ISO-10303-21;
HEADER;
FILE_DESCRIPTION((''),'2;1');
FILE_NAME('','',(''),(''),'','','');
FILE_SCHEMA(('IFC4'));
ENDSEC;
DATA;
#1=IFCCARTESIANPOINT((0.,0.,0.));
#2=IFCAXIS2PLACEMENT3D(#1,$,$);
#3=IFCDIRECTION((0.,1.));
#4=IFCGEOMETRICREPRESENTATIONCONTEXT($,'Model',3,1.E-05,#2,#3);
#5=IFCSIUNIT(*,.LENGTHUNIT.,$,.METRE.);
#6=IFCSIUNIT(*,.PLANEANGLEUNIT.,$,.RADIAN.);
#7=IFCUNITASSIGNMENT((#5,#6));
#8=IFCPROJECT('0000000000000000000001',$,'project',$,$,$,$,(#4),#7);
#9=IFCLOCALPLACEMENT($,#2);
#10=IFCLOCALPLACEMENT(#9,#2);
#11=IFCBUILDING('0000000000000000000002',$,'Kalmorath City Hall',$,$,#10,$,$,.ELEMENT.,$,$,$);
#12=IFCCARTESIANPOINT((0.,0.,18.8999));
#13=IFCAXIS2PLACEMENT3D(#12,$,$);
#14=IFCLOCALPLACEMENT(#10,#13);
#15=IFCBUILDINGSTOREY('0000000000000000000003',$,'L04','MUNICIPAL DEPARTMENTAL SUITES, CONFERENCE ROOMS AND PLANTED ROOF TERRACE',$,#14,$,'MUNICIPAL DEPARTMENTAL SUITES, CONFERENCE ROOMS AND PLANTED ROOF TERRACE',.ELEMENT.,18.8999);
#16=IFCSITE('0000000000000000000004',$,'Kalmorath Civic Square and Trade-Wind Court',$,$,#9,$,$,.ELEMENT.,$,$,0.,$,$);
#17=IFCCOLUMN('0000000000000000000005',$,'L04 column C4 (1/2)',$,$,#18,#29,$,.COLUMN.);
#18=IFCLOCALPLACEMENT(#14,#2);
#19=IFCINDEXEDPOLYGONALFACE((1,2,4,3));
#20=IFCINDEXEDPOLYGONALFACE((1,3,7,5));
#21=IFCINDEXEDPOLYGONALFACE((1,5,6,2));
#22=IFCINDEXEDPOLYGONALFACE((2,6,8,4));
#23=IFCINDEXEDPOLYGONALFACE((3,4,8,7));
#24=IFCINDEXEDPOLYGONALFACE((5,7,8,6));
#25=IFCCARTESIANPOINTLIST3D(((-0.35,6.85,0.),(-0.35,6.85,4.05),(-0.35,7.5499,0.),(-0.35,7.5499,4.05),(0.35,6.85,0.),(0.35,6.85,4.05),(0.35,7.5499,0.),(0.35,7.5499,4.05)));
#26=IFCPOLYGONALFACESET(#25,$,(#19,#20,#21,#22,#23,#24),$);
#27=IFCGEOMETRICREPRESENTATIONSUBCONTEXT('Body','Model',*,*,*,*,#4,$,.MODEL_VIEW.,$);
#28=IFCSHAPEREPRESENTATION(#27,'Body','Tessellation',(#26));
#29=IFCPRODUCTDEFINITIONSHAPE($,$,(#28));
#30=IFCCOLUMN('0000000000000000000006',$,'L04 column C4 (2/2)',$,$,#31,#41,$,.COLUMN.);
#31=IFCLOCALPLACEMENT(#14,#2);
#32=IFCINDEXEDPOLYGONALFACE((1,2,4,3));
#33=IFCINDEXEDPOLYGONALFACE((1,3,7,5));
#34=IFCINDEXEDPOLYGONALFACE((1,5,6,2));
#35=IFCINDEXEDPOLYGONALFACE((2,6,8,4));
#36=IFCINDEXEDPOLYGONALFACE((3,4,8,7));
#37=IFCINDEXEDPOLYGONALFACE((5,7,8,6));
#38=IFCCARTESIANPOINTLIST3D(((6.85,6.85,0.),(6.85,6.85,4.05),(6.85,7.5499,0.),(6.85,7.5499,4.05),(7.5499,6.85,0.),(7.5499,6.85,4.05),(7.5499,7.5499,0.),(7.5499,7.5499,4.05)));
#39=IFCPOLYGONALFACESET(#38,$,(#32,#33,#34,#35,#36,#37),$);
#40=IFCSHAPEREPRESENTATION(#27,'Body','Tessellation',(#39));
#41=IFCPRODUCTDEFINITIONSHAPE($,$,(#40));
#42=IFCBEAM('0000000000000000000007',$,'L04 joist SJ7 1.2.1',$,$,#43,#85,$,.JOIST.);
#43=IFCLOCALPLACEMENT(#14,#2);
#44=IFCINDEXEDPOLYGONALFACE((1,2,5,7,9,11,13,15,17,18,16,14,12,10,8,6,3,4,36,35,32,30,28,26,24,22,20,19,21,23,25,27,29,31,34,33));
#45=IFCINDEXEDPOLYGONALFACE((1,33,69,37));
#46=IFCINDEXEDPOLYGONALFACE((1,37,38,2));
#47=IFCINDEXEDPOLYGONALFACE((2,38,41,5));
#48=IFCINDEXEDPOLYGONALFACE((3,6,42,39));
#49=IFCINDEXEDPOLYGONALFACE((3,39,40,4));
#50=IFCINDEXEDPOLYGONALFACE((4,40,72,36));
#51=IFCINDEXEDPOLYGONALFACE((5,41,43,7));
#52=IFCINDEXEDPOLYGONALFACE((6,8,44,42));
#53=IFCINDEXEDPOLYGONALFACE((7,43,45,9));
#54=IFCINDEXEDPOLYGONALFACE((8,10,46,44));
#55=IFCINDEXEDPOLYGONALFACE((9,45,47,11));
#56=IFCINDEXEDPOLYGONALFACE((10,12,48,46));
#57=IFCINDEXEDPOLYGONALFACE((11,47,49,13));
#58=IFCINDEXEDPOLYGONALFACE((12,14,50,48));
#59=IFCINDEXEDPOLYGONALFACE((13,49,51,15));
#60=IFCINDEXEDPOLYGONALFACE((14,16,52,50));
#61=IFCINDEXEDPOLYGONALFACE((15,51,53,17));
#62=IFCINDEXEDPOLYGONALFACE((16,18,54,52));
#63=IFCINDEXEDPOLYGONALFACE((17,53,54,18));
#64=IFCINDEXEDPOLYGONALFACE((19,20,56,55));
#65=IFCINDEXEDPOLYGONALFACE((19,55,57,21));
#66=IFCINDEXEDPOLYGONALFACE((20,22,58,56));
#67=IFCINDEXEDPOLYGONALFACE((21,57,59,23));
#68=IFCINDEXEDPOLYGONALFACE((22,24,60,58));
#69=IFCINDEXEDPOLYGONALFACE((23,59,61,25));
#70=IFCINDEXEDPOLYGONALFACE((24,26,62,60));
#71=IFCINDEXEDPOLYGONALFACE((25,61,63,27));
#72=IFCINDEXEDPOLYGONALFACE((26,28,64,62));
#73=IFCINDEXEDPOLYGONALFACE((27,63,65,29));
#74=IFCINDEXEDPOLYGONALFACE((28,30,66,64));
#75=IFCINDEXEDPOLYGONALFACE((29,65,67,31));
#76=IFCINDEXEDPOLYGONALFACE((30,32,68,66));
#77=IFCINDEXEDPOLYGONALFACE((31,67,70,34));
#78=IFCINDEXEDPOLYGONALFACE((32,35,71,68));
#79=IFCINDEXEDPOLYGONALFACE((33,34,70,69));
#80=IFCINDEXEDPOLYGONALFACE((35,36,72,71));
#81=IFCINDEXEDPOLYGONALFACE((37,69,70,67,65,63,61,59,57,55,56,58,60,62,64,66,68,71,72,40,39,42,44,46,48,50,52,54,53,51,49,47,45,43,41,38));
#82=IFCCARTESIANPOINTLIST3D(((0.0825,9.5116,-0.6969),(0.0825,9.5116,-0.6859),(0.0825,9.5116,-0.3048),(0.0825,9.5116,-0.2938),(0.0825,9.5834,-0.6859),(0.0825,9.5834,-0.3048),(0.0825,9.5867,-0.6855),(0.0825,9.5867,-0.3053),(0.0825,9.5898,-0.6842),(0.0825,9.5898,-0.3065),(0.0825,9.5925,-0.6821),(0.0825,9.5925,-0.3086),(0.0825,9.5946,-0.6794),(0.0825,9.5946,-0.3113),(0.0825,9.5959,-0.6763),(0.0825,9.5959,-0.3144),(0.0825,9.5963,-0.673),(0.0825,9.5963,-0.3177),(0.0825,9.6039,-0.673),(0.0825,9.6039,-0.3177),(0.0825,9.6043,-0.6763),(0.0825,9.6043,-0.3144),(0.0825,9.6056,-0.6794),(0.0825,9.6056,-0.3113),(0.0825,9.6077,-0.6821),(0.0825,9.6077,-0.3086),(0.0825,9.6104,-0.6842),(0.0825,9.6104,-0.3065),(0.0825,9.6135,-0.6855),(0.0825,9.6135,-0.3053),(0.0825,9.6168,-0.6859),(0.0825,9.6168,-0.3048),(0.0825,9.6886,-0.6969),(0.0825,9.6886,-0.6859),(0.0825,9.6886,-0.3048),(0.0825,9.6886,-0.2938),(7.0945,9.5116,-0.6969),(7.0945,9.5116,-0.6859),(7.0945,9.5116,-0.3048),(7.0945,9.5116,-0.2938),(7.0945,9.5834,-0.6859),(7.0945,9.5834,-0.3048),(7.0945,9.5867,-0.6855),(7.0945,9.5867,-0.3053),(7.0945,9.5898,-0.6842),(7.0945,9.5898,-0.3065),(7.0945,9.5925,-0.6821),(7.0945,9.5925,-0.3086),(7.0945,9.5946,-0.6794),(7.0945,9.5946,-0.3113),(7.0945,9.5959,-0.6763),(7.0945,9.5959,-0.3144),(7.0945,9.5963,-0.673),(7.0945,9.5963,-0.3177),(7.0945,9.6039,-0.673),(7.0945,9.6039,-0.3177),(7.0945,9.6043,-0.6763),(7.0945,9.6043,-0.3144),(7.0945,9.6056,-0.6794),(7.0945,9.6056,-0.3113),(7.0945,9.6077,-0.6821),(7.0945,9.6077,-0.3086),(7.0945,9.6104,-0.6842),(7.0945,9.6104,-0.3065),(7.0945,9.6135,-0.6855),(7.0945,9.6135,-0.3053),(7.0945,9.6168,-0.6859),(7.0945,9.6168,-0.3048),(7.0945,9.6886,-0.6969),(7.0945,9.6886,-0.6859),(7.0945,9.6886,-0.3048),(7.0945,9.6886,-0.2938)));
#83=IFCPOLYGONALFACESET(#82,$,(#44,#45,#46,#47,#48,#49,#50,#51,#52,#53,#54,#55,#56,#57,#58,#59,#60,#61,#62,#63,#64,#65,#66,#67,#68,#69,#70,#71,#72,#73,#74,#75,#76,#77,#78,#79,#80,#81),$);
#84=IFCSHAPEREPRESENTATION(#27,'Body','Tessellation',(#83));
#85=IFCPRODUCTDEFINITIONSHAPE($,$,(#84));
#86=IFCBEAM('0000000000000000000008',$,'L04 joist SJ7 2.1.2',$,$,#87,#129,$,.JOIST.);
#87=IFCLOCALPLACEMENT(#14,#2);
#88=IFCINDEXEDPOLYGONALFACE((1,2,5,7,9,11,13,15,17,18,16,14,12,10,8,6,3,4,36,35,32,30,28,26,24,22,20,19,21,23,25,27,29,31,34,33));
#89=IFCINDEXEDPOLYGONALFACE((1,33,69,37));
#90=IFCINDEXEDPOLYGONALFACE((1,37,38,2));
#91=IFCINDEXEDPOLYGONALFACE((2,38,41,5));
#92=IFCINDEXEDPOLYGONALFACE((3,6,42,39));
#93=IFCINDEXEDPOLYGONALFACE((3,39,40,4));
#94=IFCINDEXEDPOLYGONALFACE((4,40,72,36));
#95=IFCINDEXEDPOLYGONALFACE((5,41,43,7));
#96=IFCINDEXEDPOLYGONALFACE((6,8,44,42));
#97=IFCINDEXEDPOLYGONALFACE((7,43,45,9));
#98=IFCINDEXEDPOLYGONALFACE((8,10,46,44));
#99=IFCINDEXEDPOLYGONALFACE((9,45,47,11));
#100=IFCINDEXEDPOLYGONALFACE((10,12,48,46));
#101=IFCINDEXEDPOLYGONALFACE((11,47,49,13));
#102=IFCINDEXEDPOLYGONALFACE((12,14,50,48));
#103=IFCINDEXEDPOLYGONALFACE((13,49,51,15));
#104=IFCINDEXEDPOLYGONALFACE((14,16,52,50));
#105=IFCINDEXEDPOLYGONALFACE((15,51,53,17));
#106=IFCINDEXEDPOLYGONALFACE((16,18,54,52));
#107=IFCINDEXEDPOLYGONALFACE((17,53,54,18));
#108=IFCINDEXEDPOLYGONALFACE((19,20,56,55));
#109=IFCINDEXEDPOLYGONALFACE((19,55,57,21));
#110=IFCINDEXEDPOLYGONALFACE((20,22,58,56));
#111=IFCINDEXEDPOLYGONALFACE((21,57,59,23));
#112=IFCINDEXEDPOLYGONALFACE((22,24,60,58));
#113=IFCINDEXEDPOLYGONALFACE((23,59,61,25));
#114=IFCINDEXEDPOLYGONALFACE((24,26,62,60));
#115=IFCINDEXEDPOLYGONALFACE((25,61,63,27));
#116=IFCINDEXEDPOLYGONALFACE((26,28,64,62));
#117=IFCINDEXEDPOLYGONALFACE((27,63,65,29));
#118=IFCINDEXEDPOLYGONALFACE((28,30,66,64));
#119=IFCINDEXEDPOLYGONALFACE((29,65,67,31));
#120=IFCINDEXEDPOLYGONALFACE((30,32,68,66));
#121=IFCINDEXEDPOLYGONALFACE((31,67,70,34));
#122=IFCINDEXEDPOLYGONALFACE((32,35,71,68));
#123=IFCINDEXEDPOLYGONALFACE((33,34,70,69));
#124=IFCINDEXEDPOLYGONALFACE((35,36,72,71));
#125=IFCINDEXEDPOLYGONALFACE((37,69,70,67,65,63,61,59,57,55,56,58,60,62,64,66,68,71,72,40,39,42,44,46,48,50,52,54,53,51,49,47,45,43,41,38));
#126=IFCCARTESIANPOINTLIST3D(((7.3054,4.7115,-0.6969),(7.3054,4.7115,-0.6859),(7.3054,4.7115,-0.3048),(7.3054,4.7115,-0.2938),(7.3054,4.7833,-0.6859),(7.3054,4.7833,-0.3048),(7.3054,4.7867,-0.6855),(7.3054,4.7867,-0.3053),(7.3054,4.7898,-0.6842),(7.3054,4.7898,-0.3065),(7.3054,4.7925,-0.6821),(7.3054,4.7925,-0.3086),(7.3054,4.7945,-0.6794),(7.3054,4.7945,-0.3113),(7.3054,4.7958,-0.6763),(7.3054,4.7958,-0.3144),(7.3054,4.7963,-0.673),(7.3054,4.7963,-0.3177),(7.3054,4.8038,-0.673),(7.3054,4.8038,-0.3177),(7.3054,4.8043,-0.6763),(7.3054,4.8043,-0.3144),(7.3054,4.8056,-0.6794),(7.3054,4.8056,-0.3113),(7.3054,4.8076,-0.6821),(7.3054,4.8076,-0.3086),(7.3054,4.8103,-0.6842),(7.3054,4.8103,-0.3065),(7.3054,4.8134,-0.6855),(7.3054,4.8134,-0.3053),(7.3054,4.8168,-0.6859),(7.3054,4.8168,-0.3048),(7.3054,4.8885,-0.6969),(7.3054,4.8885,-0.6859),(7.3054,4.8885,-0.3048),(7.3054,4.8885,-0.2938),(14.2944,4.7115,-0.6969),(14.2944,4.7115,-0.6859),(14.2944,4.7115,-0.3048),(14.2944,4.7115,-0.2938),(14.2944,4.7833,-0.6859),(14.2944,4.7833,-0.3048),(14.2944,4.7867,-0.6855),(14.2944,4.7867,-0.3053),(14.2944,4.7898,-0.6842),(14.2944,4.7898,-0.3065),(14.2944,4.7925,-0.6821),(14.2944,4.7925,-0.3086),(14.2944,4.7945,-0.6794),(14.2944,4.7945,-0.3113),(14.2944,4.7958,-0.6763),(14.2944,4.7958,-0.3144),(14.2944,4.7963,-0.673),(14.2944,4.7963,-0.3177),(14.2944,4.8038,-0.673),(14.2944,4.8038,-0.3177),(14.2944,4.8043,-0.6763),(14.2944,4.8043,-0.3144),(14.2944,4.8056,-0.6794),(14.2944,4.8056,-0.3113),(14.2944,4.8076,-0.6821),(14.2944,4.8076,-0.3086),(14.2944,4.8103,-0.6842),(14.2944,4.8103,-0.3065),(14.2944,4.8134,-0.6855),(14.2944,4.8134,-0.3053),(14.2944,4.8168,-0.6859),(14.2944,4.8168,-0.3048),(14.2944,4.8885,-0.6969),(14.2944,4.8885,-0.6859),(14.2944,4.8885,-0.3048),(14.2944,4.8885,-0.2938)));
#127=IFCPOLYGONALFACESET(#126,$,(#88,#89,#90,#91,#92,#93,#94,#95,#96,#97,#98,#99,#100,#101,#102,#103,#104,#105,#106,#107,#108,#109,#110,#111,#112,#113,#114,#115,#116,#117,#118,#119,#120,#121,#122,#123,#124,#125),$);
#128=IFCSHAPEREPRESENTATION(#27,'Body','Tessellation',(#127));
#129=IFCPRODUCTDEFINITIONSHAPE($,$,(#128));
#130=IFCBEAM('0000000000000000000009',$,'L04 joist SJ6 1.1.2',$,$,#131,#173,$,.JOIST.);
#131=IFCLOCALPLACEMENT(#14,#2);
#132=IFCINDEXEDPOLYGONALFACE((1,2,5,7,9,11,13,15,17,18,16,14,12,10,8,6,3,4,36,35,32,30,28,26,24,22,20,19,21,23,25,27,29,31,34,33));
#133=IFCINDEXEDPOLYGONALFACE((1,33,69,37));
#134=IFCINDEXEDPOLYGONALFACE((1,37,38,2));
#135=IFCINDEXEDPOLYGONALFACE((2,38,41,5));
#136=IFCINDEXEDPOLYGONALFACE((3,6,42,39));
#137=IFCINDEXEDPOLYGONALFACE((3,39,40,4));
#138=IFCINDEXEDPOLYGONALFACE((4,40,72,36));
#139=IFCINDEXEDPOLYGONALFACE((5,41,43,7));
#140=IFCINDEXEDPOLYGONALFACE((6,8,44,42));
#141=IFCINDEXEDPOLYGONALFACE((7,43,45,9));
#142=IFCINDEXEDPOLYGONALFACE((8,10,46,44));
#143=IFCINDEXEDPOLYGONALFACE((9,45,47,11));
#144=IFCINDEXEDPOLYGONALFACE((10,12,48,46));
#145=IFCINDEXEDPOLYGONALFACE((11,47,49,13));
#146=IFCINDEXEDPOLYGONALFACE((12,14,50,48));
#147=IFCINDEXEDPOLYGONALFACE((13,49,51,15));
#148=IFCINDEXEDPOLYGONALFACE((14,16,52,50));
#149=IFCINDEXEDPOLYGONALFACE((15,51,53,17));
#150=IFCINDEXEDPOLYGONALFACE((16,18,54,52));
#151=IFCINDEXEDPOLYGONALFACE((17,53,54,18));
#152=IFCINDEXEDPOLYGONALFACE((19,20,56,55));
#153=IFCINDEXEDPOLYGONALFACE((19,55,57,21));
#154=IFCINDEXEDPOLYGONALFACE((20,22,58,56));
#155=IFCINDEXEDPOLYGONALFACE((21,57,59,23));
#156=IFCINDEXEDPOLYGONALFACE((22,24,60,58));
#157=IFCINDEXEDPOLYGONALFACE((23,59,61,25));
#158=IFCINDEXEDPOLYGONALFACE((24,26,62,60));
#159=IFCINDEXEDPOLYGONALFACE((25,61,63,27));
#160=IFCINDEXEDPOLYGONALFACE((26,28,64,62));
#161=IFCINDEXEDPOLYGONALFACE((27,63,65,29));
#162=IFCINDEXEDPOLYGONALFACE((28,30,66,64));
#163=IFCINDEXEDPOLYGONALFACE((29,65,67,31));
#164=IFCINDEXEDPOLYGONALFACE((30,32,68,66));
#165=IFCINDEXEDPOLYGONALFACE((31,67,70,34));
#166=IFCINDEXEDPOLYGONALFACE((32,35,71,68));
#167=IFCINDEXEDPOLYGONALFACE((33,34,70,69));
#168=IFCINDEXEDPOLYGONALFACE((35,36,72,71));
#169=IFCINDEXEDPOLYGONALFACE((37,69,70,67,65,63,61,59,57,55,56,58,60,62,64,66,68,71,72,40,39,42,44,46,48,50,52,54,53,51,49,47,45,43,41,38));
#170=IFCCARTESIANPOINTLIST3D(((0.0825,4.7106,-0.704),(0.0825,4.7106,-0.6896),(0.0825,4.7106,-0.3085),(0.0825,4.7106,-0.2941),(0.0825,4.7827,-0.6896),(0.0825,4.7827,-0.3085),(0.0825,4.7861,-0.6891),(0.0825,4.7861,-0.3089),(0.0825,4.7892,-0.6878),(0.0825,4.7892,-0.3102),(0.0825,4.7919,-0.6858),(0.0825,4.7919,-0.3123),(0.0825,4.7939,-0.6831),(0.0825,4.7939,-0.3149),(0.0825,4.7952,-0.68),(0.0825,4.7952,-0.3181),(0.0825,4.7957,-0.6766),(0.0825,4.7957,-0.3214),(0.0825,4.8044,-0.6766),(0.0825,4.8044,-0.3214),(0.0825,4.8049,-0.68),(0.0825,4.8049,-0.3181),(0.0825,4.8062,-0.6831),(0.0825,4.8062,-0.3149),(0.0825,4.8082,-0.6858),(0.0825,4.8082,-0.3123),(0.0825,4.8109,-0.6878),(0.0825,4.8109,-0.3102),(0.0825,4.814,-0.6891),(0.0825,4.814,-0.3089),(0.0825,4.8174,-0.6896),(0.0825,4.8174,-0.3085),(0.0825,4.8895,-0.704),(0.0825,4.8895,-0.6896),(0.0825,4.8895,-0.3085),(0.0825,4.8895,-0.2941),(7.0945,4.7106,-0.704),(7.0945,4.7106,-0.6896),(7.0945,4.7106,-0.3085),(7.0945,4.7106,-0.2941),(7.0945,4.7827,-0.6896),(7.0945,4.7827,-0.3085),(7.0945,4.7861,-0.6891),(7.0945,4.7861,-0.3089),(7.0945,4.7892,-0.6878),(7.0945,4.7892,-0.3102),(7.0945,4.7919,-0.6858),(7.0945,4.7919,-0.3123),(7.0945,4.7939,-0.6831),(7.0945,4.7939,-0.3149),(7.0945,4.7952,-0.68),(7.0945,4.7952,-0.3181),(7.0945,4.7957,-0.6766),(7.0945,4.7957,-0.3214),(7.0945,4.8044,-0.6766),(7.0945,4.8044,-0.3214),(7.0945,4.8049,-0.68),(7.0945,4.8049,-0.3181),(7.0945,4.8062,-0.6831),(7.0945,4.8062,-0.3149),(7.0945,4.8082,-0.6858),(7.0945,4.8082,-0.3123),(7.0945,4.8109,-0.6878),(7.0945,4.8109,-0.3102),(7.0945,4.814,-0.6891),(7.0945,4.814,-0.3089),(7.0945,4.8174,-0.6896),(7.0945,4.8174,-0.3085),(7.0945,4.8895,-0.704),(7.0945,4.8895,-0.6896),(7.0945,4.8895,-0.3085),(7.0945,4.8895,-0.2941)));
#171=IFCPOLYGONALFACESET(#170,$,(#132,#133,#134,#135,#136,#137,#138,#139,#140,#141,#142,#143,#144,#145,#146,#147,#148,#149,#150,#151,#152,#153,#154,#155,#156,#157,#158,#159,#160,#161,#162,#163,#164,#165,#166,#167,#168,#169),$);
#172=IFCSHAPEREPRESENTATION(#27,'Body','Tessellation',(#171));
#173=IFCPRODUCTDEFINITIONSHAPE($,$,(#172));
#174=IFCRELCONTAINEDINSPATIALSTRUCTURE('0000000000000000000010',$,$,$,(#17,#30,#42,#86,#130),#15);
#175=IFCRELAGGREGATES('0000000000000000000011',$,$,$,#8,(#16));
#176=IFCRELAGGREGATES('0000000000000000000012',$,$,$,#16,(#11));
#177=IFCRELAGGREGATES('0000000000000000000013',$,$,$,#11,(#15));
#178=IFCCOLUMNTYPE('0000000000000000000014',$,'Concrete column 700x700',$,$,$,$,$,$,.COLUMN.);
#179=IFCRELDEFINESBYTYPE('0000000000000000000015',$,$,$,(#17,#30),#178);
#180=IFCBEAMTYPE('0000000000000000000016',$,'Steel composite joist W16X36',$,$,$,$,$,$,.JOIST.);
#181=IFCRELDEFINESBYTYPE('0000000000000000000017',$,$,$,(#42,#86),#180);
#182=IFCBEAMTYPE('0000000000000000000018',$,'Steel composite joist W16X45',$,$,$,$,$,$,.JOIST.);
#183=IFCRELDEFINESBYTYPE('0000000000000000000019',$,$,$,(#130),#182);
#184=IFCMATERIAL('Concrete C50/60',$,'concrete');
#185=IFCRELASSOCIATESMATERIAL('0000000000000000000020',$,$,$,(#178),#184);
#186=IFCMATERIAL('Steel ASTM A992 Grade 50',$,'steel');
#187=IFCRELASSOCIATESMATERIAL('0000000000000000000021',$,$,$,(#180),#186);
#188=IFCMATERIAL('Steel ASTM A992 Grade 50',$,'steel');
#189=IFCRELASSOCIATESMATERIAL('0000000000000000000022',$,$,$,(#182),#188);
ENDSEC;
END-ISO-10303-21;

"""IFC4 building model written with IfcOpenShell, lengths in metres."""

from ifc_helpers import new_model, si_unit, direction, frame, origin, origin_2d, place, context, subcontext, project, spatial, rectangle, i_section, extrude, material, material_profile, profile_set, type_object, element, save


model = new_model("IFC4")

# Units and contexts
model_context = context("Model", 3, precision=1e-05, world=origin(), true_north=direction((0.0, 1.0)))
body_context = subcontext(model_context, "Body", "Model", "MODEL_VIEW")
ifc_project = project(units=[si_unit("LENGTHUNIT", "METRE"), si_unit("PLANEANGLEUNIT", "RADIAN")], contexts=[model_context])

# Site, building, storey
site_placement = place(None, origin())
site = spatial("IfcSite", under=ifc_project, at=site_placement, Name="Kalmorath Civic Square and Trade-Wind Court", CompositionType="ELEMENT", RefElevation=0.0)
building_placement = place(site_placement, origin())
building = spatial("IfcBuilding", under=site, at=building_placement, Name="Kalmorath City Hall", CompositionType="ELEMENT")
storey_placement = place(building_placement, frame((0.0, 0.0, 18.8999)))
storey = spatial("IfcBuildingStorey", under=building, at=storey_placement, Name="L04", Description="MUNICIPAL DEPARTMENTAL SUITES, CONFERENCE ROOMS AND PLANTED ROOF TERRACE", LongName="MUNICIPAL DEPARTMENTAL SUITES, CONFERENCE ROOMS AND PLANTED ROOF TERRACE", CompositionType="ELEMENT", Elevation=18.8999)

# Columns
ifc_material_1 = material(Name="Concrete C50/60", Category="concrete")
ifc_material_profile_1 = material_profile(ifc_material_1, rectangle(XDim=0.7, YDim=0.7, at=origin_2d()), Name="RC-COL-700X700")
ifc_profile_set_1 = profile_set([ifc_material_profile_1], Name="Concrete C50/60")
column_type = type_object("IfcColumnType", Name="Concrete column 700x700", PredefinedType="COLUMN", material=ifc_profile_set_1)
for number, where, z_axis, x_axis, name in (
    (1, (0.0, 7.2, 0.0), (0.0, 0.0, 1.0), (1.0, 0.0, 0.0), "L04 column C4 (1/2)"),
    (2, (7.2, 7.2, 0.0), (0.0, 0.0, 1.0), (1.0, 0.0, 0.0), "L04 column C4 (2/2)"),
):
    element("IfcColumn", number, at=place(storey_placement, frame(where, z_axis=z_axis, x_axis=x_axis)), inside=storey, type_object=column_type, Name=name, PredefinedType="COLUMN", context=body_context, shape_type="SweptSolid", body=[
        extrude(rectangle(XDim=0.7, YDim=0.7, at=origin_2d()), origin(), (0.0, 0.0, 1.0), 4.05),
    ])

# Beams
ifc_material_2 = material(Name="Steel ASTM A992 Grade 50", Category="steel")
ifc_material_profile_2 = material_profile(ifc_material_2, i_section(OverallWidth=0.177, OverallDepth=0.4031, WebThickness=0.0076, FlangeThickness=0.011, FilletRadius=0.0129, at=origin_2d()), Name="W16X36")
ifc_profile_set_2 = profile_set([ifc_material_profile_2], Name="Steel ASTM A992 Grade 50")
beam_type_1 = type_object("IfcBeamType", Name="Steel composite joist W16X36", PredefinedType="JOIST", material=ifc_profile_set_2)
beam_1_placement = place(storey_placement, frame((0.0825, 9.6001, -0.4954), z_axis=(1.0, 0.0, 0.0), x_axis=(0.0, 1.0, 0.0)))
element("IfcBeam", 3, at=beam_1_placement, inside=storey, type_object=beam_type_1, Name="L04 joist SJ7 1.2.1", PredefinedType="JOIST", context=body_context, shape_type="SweptSolid", body=[
    extrude(i_section(OverallWidth=0.177, OverallDepth=0.4031, WebThickness=0.0076, FlangeThickness=0.011, FilletRadius=0.0129, at=origin_2d()), origin(), (0.0, 0.0, 1.0), 7.012),
])
beam_2_placement = place(storey_placement, frame((7.3054, 4.8, -0.4954), z_axis=(1.0, 0.0, 0.0), x_axis=(0.0, 1.0, 0.0)))
element("IfcBeam", 4, at=beam_2_placement, inside=storey, type_object=beam_type_1, Name="L04 joist SJ7 2.1.2", PredefinedType="JOIST", context=body_context, shape_type="SweptSolid", body=[
    extrude(i_section(OverallWidth=0.177, OverallDepth=0.4031, WebThickness=0.0076, FlangeThickness=0.011, FilletRadius=0.0129, at=origin_2d()), origin(), (0.0, 0.0, 1.0), 6.989),
])
ifc_material_3 = material(Name="Steel ASTM A992 Grade 50", Category="steel")
ifc_material_profile_3 = material_profile(ifc_material_3, i_section(OverallWidth=0.179, OverallDepth=0.4099, WebThickness=0.0088, FlangeThickness=0.0144, FilletRadius=0.0129, at=origin_2d()), Name="W16X45")
ifc_profile_set_3 = profile_set([ifc_material_profile_3], Name="Steel ASTM A992 Grade 50")
beam_type_2 = type_object("IfcBeamType", Name="Steel composite joist W16X45", PredefinedType="JOIST", material=ifc_profile_set_3)
beam_3_placement = place(storey_placement, frame((0.0825, 4.8, -0.499), z_axis=(1.0, 0.0, 0.0), x_axis=(0.0, 1.0, 0.0)))
element("IfcBeam", 5, at=beam_3_placement, inside=storey, type_object=beam_type_2, Name="L04 joist SJ6 1.1.2", PredefinedType="JOIST", context=body_context, shape_type="SweptSolid", body=[
    extrude(i_section(OverallWidth=0.179, OverallDepth=0.4099, WebThickness=0.0088, FlangeThickness=0.0144, FilletRadius=0.0129, at=origin_2d()), origin(), (0.0, 0.0, 1.0), 7.012),
])

save(model, "model.ifc")
